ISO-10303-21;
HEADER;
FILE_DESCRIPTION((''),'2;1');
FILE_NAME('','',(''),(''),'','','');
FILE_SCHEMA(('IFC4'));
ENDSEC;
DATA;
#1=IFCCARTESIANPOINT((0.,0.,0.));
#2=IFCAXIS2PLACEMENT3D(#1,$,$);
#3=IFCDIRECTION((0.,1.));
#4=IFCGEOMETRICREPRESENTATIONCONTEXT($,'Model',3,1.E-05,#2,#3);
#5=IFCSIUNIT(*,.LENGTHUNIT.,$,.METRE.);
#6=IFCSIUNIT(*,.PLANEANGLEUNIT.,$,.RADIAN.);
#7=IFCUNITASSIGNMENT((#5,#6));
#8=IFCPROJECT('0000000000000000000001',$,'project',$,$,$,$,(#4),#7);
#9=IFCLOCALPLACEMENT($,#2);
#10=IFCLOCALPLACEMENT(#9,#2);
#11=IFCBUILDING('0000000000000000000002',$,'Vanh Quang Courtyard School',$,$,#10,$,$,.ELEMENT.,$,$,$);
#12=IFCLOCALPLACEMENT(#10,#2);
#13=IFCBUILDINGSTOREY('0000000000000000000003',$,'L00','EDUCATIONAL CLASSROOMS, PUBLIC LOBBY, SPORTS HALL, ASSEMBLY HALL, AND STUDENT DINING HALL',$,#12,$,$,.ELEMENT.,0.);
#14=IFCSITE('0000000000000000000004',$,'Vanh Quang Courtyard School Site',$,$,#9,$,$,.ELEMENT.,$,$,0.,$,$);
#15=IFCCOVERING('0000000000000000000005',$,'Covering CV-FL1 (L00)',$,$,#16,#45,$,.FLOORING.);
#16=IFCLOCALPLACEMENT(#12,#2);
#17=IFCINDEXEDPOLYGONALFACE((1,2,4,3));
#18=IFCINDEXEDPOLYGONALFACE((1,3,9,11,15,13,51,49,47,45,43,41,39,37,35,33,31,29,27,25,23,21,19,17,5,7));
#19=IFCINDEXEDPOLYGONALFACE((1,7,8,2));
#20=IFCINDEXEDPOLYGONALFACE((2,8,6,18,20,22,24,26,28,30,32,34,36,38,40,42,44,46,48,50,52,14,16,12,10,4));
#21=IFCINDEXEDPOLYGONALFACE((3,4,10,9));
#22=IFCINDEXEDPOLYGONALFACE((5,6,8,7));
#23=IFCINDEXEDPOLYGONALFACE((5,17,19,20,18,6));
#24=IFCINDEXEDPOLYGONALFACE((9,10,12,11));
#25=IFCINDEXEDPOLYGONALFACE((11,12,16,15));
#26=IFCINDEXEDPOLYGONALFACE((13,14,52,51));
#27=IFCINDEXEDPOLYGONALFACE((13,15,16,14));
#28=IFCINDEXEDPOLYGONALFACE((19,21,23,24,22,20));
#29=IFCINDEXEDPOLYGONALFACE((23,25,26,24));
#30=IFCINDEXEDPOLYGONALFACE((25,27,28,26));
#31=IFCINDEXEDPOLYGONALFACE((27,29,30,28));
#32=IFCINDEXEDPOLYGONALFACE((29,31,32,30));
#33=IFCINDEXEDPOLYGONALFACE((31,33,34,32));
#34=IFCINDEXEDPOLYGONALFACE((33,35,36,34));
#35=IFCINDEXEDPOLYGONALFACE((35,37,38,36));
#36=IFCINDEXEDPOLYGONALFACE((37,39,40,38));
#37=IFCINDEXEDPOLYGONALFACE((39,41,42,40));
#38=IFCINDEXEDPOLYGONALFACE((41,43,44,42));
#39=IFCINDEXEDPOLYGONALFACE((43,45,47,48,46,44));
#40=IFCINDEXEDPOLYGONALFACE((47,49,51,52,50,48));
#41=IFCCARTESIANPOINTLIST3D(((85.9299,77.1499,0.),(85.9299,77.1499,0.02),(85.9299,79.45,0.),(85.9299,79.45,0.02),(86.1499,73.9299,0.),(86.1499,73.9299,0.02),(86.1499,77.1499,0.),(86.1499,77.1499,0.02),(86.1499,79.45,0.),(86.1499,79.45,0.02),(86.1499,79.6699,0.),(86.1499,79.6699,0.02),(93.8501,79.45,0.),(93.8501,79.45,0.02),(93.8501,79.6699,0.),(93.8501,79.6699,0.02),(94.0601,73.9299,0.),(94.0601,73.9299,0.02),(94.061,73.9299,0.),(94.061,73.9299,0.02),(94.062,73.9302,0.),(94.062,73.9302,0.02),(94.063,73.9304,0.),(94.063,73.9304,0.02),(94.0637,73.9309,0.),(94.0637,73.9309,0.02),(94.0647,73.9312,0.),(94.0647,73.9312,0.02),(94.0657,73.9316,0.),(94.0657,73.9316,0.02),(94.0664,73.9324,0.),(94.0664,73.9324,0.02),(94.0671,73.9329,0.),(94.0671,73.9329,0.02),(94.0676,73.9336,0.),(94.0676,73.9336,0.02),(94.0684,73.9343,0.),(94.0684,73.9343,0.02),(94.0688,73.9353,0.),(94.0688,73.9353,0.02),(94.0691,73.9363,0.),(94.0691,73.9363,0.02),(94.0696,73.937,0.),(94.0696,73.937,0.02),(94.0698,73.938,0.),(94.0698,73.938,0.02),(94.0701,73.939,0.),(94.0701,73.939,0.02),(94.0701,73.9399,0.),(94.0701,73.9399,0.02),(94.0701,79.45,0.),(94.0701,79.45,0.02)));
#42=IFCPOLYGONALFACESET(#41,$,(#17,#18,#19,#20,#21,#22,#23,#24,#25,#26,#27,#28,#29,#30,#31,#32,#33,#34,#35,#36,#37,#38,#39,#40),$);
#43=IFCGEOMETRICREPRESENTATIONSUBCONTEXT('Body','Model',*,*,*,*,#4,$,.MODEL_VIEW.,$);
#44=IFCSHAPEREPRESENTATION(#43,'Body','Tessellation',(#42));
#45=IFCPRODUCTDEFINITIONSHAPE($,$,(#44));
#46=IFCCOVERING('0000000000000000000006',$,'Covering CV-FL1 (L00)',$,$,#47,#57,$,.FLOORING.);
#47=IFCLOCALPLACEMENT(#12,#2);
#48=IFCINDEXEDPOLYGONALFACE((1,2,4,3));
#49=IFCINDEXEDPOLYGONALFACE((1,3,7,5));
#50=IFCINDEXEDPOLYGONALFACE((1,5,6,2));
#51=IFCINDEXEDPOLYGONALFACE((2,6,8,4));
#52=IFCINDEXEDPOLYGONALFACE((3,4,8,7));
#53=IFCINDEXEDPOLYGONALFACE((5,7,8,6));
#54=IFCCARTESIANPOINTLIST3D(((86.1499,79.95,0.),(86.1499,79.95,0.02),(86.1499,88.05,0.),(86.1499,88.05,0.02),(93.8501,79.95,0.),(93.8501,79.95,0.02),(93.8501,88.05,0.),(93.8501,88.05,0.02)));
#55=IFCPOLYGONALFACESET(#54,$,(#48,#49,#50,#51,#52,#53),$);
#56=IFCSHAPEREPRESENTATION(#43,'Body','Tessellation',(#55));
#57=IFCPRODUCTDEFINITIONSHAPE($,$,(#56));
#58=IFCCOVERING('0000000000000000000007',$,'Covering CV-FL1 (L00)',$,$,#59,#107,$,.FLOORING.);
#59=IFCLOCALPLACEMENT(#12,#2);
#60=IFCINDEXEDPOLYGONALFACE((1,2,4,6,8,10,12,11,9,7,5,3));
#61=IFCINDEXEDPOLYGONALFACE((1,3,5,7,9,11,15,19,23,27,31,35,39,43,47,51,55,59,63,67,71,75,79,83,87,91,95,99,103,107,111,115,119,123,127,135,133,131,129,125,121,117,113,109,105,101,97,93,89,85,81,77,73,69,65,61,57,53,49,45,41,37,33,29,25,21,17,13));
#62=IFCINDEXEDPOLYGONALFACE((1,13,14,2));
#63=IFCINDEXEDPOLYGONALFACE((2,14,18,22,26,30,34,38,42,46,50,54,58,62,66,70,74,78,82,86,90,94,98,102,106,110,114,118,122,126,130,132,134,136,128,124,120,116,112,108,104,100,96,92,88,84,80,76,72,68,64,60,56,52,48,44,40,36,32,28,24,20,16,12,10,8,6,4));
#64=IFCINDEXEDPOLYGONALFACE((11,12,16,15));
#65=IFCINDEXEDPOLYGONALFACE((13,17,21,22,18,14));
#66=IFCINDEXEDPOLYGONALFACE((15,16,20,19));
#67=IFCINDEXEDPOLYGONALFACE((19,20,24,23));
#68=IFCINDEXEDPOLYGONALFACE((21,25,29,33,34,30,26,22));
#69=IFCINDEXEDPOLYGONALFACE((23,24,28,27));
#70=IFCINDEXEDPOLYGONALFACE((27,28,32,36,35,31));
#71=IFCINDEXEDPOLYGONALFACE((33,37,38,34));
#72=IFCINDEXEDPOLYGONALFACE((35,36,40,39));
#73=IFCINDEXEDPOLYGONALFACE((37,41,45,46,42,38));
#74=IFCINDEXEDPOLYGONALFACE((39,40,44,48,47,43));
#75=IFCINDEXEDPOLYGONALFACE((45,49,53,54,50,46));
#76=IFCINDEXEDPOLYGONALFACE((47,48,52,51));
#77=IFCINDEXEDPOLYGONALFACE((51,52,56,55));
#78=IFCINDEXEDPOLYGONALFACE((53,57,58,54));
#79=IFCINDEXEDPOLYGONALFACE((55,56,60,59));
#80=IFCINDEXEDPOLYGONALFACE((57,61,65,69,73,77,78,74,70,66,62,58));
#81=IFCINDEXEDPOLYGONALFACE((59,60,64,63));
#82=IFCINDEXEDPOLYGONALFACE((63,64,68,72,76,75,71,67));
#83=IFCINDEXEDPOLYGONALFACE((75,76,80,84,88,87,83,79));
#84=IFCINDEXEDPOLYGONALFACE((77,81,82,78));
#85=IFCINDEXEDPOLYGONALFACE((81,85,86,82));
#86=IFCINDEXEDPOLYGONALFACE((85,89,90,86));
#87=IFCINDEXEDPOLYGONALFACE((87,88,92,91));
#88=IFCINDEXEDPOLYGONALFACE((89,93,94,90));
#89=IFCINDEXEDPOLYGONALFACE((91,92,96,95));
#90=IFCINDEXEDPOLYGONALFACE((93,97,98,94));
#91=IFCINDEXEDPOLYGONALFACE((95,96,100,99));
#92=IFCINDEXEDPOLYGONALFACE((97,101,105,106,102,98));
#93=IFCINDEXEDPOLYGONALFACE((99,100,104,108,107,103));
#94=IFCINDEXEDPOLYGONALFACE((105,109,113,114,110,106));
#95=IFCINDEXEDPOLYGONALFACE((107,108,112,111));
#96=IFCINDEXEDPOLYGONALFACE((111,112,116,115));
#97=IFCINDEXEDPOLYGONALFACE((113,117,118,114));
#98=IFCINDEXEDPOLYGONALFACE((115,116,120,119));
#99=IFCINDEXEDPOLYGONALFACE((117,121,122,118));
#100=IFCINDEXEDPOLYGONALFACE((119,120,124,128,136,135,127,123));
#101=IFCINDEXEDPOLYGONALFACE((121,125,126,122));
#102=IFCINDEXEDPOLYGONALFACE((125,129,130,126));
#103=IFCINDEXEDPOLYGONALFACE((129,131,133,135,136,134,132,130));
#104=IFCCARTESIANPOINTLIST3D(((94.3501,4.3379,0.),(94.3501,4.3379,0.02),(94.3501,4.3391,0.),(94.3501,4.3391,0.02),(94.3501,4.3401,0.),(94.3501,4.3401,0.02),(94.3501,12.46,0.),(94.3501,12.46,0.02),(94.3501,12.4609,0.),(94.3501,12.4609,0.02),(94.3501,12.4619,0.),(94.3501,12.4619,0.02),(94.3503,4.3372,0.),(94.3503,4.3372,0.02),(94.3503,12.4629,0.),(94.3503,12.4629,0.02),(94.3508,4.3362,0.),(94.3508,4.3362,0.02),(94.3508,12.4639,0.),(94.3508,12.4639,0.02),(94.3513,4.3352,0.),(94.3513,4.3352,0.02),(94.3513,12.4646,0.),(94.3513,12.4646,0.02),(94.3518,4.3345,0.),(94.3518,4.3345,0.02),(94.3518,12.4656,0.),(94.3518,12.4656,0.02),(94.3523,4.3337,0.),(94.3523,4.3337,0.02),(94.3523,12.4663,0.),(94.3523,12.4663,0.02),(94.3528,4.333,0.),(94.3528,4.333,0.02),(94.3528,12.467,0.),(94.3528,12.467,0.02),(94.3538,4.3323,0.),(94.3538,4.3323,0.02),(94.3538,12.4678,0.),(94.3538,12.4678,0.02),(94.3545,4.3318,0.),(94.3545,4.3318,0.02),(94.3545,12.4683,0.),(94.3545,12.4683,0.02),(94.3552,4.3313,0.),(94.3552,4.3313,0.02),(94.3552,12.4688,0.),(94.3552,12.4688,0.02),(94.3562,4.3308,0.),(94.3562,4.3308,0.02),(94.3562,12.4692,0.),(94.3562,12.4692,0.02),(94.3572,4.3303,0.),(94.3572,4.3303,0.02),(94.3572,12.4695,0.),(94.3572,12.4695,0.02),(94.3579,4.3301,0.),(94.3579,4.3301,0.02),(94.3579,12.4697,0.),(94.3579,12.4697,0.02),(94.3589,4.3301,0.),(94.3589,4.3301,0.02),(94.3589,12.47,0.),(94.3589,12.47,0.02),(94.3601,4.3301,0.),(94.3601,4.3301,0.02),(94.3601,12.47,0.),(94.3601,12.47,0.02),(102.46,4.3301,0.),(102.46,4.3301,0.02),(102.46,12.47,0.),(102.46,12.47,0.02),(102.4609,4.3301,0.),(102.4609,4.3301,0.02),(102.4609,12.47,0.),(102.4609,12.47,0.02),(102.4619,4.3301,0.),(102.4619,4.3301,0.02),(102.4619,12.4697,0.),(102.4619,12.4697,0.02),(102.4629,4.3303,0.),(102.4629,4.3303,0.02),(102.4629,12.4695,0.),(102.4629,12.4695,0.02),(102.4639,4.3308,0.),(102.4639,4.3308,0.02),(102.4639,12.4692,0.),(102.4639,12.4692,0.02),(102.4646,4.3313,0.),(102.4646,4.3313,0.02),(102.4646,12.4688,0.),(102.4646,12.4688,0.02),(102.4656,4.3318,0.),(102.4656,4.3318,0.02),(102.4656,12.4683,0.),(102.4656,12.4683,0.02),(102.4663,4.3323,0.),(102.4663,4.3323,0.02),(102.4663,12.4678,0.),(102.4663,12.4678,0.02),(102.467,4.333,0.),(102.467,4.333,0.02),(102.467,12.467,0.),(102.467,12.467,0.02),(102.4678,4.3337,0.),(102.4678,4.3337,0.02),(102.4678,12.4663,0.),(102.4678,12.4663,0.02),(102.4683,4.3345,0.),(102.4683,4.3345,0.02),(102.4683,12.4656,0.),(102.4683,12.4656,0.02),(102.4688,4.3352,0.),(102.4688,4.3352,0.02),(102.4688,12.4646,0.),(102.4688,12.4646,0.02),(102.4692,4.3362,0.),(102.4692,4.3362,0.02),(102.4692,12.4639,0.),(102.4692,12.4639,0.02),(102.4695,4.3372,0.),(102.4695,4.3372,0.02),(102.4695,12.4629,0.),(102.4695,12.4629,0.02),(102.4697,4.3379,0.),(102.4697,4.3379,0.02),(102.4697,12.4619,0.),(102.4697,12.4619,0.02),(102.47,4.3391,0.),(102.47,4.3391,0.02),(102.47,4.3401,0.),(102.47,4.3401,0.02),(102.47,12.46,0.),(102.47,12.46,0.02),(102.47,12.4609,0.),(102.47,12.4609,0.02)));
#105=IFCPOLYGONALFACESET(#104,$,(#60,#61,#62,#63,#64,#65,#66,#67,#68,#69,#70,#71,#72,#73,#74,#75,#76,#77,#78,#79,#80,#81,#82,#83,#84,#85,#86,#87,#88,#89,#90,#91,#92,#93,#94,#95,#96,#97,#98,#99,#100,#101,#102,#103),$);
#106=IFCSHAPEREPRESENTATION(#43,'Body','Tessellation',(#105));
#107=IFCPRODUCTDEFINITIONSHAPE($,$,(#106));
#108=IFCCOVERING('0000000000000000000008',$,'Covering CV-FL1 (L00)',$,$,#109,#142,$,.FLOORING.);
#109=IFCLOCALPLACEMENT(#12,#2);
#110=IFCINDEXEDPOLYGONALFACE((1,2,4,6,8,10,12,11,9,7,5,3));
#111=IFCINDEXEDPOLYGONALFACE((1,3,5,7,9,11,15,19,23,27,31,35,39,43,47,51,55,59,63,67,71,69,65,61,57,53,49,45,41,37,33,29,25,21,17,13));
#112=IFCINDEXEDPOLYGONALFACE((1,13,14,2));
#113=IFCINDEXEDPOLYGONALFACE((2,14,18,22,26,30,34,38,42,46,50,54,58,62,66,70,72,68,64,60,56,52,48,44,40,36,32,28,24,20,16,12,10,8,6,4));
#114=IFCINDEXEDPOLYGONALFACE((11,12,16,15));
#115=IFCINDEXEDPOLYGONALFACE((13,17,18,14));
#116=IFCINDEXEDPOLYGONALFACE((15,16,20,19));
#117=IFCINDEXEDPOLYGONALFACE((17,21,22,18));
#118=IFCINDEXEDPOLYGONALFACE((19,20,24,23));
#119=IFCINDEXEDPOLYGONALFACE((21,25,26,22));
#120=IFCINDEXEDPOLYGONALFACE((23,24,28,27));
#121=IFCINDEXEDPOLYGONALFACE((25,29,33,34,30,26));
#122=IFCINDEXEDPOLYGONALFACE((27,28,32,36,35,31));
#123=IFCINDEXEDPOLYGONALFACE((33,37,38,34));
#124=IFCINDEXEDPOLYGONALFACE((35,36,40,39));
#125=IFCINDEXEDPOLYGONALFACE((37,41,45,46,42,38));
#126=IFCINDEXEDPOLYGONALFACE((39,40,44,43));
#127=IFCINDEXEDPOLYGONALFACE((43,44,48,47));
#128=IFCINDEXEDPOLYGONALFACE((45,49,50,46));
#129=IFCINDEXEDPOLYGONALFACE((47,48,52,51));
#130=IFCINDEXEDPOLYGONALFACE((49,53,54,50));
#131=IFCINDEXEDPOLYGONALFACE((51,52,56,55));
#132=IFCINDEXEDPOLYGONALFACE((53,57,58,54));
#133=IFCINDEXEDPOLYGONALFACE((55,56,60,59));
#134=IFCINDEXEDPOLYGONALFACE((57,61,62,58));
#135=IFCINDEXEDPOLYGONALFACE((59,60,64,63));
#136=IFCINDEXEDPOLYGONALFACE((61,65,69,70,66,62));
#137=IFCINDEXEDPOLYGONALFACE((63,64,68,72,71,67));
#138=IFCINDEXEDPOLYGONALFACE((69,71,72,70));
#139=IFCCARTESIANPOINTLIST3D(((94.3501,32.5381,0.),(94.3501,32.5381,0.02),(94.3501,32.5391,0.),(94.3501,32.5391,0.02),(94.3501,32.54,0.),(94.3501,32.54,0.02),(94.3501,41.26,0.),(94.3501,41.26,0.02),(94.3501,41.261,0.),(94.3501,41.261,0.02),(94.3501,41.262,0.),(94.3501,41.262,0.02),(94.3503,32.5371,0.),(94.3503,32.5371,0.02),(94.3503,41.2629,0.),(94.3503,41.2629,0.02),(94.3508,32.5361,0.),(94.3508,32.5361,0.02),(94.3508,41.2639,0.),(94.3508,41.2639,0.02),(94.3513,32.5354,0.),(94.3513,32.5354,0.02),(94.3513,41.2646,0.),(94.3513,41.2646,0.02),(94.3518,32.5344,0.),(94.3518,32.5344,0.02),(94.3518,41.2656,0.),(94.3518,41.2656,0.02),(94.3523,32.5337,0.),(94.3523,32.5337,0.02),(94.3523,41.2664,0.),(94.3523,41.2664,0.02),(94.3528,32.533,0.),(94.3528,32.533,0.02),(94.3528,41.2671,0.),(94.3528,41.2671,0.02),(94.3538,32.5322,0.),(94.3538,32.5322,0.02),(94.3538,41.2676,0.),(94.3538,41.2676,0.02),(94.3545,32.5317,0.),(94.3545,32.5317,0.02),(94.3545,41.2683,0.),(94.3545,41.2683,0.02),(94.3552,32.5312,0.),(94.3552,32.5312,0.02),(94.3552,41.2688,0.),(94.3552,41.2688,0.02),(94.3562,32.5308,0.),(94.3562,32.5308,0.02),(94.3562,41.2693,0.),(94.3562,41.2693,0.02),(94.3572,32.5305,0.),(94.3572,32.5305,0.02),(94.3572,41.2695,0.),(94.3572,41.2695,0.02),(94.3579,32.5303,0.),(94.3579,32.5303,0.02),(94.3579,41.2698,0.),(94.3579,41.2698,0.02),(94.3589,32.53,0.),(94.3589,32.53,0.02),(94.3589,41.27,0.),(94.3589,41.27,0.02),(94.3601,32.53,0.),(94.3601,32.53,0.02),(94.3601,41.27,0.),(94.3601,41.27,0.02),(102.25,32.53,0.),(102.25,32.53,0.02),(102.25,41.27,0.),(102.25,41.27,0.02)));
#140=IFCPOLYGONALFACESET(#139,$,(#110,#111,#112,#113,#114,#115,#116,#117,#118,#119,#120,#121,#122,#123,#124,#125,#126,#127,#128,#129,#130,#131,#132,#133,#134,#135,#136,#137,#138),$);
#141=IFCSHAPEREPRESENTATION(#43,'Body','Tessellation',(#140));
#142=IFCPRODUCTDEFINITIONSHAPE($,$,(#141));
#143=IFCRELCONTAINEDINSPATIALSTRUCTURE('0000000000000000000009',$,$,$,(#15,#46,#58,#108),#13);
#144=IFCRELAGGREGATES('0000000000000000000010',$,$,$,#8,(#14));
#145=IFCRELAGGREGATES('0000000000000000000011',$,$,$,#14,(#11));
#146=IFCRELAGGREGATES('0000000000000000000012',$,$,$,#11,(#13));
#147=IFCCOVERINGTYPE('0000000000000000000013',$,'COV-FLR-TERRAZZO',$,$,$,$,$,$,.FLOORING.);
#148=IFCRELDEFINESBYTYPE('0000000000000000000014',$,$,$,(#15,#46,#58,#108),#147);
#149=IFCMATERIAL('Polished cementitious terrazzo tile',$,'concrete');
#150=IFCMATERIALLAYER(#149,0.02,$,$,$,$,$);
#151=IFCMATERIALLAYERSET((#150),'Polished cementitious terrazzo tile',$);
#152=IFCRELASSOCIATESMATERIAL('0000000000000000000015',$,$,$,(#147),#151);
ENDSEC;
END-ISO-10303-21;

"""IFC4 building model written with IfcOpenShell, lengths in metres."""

from ifc_helpers import new_model, si_unit, direction, origin, place, context, subcontext, project, spatial, polyline, outline, extrude, material, layer, layer_set, type_object, element, save


model = new_model("IFC4")

# Units and contexts
model_context = context("Model", 3, precision=1e-05, world=origin(), true_north=direction((0.0, 1.0)))
body_context = subcontext(model_context, "Body", "Model", "MODEL_VIEW")
ifc_project = project(units=[si_unit("LENGTHUNIT", "METRE"), si_unit("PLANEANGLEUNIT", "RADIAN")], contexts=[model_context])

# Site, building, storey
site_placement = place(None, origin())
site = spatial("IfcSite", under=ifc_project, at=site_placement, Name="Vanh Quang Courtyard School Site", CompositionType="ELEMENT", RefElevation=0.0)
building_placement = place(site_placement, origin())
building = spatial("IfcBuilding", under=site, at=building_placement, Name="Vanh Quang Courtyard School", CompositionType="ELEMENT")
storey_placement = place(building_placement, origin())
storey = spatial("IfcBuildingStorey", under=building, at=storey_placement, Name="L00", Description="EDUCATIONAL CLASSROOMS, PUBLIC LOBBY, SPORTS HALL, ASSEMBLY HALL, AND STUDENT DINING HALL", CompositionType="ELEMENT", Elevation=0.0)

# Coverings
ifc_material_1 = material(Name="Polished cementitious terrazzo tile", Category="concrete")
ifc_layer_1 = layer(ifc_material_1, 0.02)
ifc_layer_set_1 = layer_set([ifc_layer_1], Name="Polished cementitious terrazzo tile")
covering_type = type_object("IfcCoveringType", Name="COV-FLR-TERRAZZO", PredefinedType="FLOORING", material=ifc_layer_set_1)
covering_1_placement = place(storey_placement, origin())
element("IfcCovering", 1, at=covering_1_placement, inside=storey, type_object=covering_type, Name="Covering CV-FL1 (L00)", PredefinedType="FLOORING", context=body_context, shape_type="SweptSolid", body=[
    extrude(outline(polyline([(85.9299, 79.45), (86.1499, 79.45), (86.1499, 79.6699), (93.8501, 79.6699), (93.8501, 79.45), (94.0701, 79.45), (94.0701, 73.9399), (94.0701, 73.939), (94.0698, 73.938), (94.0696, 73.937), (94.0691, 73.9363), (94.0688, 73.9353), (94.0684, 73.9343), (94.0676, 73.9336), (94.0671, 73.9329), (94.0664, 73.9324), (94.0657, 73.9316), (94.0647, 73.9312), (94.0637, 73.9309), (94.063, 73.9304), (94.062, 73.9302), (94.061, 73.9299), (94.0601, 73.9299), (86.1499, 73.9299), (86.1499, 77.1499), (85.9299, 77.1499), (85.9299, 79.45)])), origin(), (0.0, 0.0, 1.0), 0.02),
])
covering_2_placement = place(storey_placement, origin())
element("IfcCovering", 2, at=covering_2_placement, inside=storey, type_object=covering_type, Name="Covering CV-FL1 (L00)", PredefinedType="FLOORING", context=body_context, shape_type="SweptSolid", body=[
    extrude(outline(polyline([(86.1499, 79.95), (86.1499, 88.05), (93.8501, 88.05), (93.8501, 79.95), (86.1499, 79.95)])), origin(), (0.0, 0.0, 1.0), 0.02),
])
covering_3_placement = place(storey_placement, origin())
element("IfcCovering", 3, at=covering_3_placement, inside=storey, type_object=covering_type, Name="Covering CV-FL1 (L00)", PredefinedType="FLOORING", context=body_context, shape_type="SweptSolid", body=[
    extrude(outline(polyline([(94.3501, 12.46), (94.3501, 12.4609), (94.3501, 12.4619), (94.3503, 12.4629), (94.3508, 12.4639), (94.3513, 12.4646), (94.3518, 12.4656), (94.3523, 12.4663), (94.3528, 12.467), (94.3538, 12.4678), (94.3545, 12.4683), (94.3552, 12.4688), (94.3562, 12.4692), (94.3572, 12.4695), (94.3579, 12.4697), (94.3589, 12.47), (94.3601, 12.47), (102.46, 12.47), (102.4609, 12.47), (102.4619, 12.4697), (102.4629, 12.4695), (102.4639, 12.4692), (102.4646, 12.4688), (102.4656, 12.4683), (102.4663, 12.4678), (102.467, 12.467), (102.4678, 12.4663), (102.4683, 12.4656), (102.4688, 12.4646), (102.4692, 12.4639), (102.4695, 12.4629), (102.4697, 12.4619), (102.47, 12.4609), (102.47, 12.46), (102.47, 4.3401), (102.47, 4.3391), (102.4697, 4.3379), (102.4695, 4.3372), (102.4692, 4.3362), (102.4688, 4.3352), (102.4683, 4.3345), (102.4678, 4.3337), (102.467, 4.333), (102.4663, 4.3323), (102.4656, 4.3318), (102.4646, 4.3313), (102.4639, 4.3308), (102.4629, 4.3303), (102.4619, 4.3301), (102.4609, 4.3301), (102.46, 4.3301), (94.3601, 4.3301), (94.3589, 4.3301), (94.3579, 4.3301), (94.3572, 4.3303), (94.3562, 4.3308), (94.3552, 4.3313), (94.3545, 4.3318), (94.3538, 4.3323), (94.3528, 4.333), (94.3523, 4.3337), (94.3518, 4.3345), (94.3513, 4.3352), (94.3508, 4.3362), (94.3503, 4.3372), (94.3501, 4.3379), (94.3501, 4.3391), (94.3501, 4.3401), (94.3501, 12.46)])), origin(), (0.0, 0.0, 1.0), 0.02),
])
covering_4_placement = place(storey_placement, origin())
element("IfcCovering", 4, at=covering_4_placement, inside=storey, type_object=covering_type, Name="Covering CV-FL1 (L00)", PredefinedType="FLOORING", context=body_context, shape_type="SweptSolid", body=[
    extrude(outline(polyline([(94.3601, 32.53), (94.3589, 32.53), (94.3579, 32.5303), (94.3572, 32.5305), (94.3562, 32.5308), (94.3552, 32.5312), (94.3545, 32.5317), (94.3538, 32.5322), (94.3528, 32.533), (94.3523, 32.5337), (94.3518, 32.5344), (94.3513, 32.5354), (94.3508, 32.5361), (94.3503, 32.5371), (94.3501, 32.5381), (94.3501, 32.5391), (94.3501, 32.54), (94.3501, 41.26), (94.3501, 41.261), (94.3501, 41.262), (94.3503, 41.2629), (94.3508, 41.2639), (94.3513, 41.2646), (94.3518, 41.2656), (94.3523, 41.2664), (94.3528, 41.2671), (94.3538, 41.2676), (94.3545, 41.2683), (94.3552, 41.2688), (94.3562, 41.2693), (94.3572, 41.2695), (94.3579, 41.2698), (94.3589, 41.27), (94.3601, 41.27), (102.25, 41.27), (102.25, 32.53), (94.3601, 32.53)])), origin(), (0.0, 0.0, 1.0), 0.02),
])

save(model, "model.ifc")
